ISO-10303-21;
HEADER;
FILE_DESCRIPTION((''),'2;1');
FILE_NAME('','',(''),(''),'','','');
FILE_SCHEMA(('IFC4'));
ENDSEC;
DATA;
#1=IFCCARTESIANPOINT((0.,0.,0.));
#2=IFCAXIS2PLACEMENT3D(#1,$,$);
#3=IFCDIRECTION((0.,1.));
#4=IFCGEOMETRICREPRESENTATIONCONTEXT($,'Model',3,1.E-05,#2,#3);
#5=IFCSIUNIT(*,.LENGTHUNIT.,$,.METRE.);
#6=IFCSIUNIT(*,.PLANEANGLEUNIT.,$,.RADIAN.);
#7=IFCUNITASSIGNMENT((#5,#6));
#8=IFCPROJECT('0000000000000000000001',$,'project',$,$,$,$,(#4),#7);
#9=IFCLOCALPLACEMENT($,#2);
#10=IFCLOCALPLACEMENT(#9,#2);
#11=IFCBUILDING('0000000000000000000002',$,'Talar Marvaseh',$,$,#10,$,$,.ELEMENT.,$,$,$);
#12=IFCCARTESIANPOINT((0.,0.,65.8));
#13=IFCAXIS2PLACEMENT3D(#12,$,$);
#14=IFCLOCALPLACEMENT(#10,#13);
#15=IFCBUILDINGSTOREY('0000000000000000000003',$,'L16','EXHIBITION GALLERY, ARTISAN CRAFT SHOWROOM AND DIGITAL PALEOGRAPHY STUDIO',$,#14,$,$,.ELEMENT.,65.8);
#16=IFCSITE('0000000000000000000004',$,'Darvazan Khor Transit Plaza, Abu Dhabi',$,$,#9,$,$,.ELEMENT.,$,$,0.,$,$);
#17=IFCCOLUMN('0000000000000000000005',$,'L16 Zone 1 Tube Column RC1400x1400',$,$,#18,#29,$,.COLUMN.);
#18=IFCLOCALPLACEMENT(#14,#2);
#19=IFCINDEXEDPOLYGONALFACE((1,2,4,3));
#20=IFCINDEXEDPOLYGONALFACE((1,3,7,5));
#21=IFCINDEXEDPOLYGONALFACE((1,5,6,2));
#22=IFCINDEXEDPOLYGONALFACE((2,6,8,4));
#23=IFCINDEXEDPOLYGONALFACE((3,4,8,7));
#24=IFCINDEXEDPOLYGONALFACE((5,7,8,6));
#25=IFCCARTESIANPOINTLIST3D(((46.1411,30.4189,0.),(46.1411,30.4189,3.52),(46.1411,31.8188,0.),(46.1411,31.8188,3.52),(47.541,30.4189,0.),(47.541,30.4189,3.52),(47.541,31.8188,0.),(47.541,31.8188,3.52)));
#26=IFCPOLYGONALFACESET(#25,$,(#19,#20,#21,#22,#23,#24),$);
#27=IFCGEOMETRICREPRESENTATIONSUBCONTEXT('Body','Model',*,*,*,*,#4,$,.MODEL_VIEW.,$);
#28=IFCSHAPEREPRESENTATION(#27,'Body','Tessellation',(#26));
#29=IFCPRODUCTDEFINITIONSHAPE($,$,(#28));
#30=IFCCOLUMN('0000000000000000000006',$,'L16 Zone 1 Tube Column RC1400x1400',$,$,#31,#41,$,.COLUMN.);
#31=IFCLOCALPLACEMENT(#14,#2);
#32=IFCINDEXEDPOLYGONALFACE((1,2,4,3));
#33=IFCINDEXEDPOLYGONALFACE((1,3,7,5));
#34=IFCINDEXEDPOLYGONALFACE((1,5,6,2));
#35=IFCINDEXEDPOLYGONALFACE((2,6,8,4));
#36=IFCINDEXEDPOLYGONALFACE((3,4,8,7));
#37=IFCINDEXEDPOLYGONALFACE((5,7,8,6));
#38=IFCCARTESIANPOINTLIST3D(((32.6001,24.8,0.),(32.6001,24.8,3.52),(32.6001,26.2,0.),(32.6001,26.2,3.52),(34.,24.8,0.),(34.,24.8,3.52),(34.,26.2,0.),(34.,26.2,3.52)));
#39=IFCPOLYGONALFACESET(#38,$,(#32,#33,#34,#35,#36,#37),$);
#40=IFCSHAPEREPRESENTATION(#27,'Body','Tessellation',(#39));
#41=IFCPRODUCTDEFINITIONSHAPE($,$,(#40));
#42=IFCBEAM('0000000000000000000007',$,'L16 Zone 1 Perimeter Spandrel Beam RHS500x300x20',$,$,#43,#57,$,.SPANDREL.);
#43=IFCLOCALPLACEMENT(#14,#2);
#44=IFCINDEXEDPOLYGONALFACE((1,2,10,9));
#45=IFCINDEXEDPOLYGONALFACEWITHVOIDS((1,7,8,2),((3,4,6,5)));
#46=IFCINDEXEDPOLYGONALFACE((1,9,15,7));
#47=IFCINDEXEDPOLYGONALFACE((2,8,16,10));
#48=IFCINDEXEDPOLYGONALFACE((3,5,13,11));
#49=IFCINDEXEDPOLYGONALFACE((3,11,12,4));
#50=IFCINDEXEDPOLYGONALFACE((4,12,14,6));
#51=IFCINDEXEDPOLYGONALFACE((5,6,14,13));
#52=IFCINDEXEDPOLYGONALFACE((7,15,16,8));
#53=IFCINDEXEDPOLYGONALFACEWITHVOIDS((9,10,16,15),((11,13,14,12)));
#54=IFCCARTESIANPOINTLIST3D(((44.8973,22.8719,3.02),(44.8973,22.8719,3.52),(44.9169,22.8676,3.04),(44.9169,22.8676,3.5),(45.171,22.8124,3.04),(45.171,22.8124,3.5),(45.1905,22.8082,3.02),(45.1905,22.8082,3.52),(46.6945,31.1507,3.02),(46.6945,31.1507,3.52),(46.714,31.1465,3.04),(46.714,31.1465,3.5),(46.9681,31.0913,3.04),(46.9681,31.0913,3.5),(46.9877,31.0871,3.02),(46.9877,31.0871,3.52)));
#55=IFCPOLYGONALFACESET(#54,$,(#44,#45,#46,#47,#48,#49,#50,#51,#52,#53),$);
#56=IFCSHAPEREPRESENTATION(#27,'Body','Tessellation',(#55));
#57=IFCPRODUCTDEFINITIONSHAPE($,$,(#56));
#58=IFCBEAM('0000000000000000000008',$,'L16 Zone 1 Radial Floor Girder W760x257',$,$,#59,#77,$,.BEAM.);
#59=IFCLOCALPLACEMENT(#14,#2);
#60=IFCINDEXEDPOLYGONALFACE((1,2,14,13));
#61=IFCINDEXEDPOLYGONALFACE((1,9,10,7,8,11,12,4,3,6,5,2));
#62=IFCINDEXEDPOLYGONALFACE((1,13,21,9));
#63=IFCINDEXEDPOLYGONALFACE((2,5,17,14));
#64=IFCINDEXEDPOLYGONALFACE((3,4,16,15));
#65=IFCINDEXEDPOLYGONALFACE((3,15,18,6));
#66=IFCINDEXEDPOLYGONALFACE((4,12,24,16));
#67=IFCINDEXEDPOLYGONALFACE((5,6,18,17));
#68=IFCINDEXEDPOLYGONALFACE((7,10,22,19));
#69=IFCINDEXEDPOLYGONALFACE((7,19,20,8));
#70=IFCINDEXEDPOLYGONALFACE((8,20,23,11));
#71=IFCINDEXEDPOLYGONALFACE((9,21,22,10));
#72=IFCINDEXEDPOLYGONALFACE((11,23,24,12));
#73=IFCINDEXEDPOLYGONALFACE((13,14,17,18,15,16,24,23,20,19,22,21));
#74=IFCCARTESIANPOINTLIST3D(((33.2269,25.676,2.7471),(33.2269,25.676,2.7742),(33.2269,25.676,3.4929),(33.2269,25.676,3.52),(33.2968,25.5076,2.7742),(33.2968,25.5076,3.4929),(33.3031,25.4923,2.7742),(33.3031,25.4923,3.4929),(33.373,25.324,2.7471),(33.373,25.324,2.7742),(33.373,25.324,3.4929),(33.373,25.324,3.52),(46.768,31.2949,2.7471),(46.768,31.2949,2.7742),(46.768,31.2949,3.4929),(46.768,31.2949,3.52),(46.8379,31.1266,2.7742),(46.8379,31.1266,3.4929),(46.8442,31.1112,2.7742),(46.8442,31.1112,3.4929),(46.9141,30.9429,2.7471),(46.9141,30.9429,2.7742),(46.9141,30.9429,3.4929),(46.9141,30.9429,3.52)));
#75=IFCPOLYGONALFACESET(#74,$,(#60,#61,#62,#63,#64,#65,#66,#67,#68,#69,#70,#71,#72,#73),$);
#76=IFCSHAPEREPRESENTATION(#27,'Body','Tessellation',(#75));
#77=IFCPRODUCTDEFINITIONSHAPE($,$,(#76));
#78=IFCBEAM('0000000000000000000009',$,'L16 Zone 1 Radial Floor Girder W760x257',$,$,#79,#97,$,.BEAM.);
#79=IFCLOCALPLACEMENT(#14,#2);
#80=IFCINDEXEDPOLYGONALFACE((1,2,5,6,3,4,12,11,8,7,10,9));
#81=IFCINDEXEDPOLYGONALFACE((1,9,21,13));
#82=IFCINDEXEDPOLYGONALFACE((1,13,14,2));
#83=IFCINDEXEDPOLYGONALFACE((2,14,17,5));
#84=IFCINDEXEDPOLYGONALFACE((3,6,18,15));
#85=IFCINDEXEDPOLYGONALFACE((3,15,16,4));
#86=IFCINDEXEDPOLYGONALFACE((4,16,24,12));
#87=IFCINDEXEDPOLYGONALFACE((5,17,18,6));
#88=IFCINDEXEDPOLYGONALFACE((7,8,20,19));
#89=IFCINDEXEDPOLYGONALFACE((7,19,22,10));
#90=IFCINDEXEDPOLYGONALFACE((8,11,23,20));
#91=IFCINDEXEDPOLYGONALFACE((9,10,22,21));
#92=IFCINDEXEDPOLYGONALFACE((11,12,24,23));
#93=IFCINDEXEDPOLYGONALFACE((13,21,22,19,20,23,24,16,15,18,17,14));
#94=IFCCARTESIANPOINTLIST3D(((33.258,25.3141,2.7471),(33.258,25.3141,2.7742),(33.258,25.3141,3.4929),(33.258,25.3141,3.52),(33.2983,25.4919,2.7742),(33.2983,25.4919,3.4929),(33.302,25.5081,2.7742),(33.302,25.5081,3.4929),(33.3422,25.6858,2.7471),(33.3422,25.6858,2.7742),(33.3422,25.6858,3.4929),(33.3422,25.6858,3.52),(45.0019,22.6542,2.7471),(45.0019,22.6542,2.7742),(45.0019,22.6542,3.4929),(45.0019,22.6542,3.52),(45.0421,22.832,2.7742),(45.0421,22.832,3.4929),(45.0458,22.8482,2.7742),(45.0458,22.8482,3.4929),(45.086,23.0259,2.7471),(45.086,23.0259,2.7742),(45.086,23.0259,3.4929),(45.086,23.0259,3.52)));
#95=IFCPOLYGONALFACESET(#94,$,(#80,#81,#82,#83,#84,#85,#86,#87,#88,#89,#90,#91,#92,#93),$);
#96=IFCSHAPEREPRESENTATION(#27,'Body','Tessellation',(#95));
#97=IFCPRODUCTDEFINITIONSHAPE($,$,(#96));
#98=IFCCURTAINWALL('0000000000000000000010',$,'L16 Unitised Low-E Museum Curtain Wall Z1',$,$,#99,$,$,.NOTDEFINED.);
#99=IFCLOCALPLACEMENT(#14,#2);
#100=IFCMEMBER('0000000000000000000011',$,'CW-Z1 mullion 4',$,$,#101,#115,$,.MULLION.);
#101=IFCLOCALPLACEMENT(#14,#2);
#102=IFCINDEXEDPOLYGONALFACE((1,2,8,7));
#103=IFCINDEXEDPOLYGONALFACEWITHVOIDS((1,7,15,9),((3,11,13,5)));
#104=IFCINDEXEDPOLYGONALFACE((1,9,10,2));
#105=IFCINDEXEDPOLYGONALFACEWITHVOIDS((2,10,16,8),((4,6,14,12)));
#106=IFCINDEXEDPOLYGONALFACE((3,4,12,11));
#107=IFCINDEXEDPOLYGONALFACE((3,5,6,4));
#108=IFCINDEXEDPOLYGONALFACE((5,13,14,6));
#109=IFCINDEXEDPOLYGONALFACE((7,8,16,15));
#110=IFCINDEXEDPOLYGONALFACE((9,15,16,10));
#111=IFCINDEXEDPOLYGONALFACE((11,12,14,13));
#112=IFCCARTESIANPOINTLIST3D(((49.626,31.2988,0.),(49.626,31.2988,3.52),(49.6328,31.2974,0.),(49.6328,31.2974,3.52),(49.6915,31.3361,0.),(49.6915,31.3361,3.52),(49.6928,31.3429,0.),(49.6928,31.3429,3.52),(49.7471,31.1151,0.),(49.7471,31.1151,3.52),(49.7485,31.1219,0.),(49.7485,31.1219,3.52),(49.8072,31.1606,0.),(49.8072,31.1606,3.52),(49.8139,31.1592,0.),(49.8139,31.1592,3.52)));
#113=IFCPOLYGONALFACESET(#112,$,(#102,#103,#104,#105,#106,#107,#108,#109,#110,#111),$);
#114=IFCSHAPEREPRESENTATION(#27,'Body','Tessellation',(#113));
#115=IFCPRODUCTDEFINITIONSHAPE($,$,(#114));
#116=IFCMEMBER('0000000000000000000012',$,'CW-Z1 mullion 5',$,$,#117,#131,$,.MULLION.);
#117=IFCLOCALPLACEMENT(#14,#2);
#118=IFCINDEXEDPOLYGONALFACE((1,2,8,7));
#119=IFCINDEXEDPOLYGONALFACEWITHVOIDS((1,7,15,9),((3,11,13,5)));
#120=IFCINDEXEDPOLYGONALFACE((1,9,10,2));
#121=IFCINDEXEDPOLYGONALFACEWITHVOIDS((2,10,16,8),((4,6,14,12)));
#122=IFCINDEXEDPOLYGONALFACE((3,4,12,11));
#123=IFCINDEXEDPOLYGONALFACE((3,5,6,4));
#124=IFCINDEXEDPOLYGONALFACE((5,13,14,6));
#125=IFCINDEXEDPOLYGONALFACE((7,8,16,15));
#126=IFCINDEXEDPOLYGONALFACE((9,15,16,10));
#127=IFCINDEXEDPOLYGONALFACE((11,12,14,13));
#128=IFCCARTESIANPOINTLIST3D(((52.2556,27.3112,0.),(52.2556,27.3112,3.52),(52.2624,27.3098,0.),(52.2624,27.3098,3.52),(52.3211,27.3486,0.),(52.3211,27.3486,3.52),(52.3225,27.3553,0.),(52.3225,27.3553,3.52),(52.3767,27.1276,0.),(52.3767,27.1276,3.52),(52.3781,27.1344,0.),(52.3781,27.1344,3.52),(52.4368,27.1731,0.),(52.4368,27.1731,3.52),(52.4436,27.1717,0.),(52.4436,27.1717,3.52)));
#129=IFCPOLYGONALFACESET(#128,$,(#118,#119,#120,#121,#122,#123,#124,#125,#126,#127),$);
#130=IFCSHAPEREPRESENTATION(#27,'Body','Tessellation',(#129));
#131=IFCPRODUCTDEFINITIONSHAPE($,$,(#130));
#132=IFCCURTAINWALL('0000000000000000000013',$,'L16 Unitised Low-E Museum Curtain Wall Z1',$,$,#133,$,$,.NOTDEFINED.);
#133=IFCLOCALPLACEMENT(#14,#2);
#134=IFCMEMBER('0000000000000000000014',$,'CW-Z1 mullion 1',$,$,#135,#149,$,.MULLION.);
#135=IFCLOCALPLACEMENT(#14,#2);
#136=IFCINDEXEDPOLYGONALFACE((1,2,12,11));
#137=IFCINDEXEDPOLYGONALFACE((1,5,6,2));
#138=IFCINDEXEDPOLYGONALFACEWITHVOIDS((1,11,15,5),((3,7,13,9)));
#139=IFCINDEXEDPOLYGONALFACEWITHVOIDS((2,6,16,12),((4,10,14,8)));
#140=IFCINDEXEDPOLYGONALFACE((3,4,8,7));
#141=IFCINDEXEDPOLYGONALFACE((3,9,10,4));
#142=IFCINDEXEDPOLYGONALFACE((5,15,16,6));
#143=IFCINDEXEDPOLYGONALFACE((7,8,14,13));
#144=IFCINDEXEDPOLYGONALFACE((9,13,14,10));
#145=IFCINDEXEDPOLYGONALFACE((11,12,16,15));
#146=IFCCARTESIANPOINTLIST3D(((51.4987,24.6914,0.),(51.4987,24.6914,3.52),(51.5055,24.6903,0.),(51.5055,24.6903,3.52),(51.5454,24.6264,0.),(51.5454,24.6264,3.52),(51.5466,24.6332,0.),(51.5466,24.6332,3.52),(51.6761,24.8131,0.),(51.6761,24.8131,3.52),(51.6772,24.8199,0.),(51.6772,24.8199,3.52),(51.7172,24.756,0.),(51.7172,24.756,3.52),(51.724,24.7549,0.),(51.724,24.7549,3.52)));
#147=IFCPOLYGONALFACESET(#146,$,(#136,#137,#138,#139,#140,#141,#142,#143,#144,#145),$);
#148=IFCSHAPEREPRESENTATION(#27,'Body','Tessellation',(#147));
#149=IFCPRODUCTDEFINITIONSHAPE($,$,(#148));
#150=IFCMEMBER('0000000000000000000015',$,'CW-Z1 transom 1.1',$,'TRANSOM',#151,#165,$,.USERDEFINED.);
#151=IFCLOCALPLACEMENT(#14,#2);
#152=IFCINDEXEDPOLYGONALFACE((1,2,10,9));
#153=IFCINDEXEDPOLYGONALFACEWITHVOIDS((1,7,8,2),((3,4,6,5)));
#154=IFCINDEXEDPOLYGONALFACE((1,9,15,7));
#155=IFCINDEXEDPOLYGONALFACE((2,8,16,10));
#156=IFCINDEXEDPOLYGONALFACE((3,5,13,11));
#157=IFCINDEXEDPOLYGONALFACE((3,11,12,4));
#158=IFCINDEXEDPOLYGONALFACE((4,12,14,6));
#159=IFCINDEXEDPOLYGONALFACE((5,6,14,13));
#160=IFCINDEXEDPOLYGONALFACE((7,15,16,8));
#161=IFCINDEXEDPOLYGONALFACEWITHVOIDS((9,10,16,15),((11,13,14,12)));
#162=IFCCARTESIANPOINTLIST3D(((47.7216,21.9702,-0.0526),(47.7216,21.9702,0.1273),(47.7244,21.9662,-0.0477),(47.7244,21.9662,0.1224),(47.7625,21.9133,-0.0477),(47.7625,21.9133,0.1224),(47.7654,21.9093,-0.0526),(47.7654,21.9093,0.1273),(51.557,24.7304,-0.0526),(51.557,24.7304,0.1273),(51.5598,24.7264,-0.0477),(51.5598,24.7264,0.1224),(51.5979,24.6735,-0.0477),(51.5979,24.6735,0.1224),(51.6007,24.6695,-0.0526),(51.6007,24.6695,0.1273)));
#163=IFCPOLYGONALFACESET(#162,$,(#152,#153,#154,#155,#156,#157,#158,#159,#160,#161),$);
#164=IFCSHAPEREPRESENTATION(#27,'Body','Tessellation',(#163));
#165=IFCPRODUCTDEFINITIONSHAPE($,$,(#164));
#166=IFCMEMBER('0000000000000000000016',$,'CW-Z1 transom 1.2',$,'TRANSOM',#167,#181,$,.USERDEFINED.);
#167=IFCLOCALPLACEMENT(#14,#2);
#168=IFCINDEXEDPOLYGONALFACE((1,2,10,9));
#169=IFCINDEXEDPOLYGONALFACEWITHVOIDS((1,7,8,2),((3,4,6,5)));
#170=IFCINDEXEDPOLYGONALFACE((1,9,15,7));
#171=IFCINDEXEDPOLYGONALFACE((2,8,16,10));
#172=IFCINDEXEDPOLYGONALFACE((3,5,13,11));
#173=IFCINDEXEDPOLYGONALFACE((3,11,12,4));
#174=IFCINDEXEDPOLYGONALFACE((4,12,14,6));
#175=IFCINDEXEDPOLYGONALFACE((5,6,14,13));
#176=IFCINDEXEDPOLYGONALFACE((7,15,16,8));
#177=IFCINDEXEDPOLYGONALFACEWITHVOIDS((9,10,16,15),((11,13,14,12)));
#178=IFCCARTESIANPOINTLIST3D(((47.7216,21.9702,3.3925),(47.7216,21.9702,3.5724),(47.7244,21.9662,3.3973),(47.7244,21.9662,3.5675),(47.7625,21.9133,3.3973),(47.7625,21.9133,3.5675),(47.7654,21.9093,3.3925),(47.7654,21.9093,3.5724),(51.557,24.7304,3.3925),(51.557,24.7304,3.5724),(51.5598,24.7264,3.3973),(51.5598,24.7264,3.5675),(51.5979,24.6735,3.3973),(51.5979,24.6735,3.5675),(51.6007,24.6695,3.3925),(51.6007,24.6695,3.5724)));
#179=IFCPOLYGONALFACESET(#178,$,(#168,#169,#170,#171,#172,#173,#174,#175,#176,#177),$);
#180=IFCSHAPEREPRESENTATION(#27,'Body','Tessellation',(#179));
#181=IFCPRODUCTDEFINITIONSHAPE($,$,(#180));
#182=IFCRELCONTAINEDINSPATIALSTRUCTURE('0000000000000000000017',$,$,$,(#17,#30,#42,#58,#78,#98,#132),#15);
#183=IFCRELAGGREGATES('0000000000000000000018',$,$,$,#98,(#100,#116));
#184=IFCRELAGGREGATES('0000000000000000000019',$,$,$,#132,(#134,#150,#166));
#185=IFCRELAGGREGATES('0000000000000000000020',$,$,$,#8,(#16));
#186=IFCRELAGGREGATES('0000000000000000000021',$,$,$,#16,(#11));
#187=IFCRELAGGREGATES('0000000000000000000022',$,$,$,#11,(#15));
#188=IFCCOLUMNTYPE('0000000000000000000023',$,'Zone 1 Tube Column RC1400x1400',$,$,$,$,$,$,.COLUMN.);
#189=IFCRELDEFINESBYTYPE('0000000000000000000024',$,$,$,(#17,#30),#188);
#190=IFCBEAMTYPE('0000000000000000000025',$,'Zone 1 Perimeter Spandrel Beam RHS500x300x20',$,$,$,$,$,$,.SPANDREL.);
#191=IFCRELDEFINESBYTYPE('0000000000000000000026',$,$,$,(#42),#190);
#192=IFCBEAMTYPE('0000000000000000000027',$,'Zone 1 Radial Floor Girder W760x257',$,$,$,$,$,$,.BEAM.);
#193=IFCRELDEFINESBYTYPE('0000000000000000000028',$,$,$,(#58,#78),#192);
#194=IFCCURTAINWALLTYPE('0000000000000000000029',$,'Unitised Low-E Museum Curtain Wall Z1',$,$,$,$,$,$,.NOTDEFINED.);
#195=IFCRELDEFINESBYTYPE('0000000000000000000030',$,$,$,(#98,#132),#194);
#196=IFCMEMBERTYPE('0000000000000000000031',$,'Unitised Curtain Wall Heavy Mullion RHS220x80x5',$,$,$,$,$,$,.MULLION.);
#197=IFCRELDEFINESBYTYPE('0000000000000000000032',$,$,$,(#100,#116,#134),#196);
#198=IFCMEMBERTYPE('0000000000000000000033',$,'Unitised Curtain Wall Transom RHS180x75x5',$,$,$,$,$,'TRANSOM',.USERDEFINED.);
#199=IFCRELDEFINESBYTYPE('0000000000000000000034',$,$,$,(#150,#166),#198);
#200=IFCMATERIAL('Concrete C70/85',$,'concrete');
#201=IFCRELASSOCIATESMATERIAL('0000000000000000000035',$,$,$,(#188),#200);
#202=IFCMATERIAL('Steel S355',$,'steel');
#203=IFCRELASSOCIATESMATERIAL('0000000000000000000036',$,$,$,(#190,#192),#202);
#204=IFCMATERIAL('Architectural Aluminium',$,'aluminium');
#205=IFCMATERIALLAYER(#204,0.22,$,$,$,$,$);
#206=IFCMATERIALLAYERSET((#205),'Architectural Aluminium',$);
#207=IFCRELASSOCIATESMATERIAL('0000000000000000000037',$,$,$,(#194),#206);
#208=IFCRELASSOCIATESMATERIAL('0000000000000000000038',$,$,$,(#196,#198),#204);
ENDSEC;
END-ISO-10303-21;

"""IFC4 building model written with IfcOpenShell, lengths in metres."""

from ifc_helpers import new_model, si_unit, direction, frame, origin, origin_2d, place, context, subcontext, project, spatial, rectangle, hollow_rectangle, i_section, extrude, source, transform, mapped, material, layer, layer_set, material_profile, profile_set, type_object, type_shapes, element, aggregate, save


model = new_model("IFC4")

# Units and contexts
model_context = context("Model", 3, precision=1e-05, world=origin(), true_north=direction((0.0, 1.0)))
body_context = subcontext(model_context, "Body", "Model", "MODEL_VIEW")
ifc_project = project(units=[si_unit("LENGTHUNIT", "METRE"), si_unit("PLANEANGLEUNIT", "RADIAN")], contexts=[model_context])

# Site, building, storey
site_placement = place(None, origin())
site = spatial("IfcSite", under=ifc_project, at=site_placement, Name="Darvazan Khor Transit Plaza, Abu Dhabi", CompositionType="ELEMENT", RefElevation=0.0)
building_placement = place(site_placement, origin())
building = spatial("IfcBuilding", under=site, at=building_placement, Name="Talar Marvaseh", CompositionType="ELEMENT")
storey_placement = place(building_placement, frame((0.0, 0.0, 65.8)))
storey = spatial("IfcBuildingStorey", under=building, at=storey_placement, Name="L16", Description="EXHIBITION GALLERY, ARTISAN CRAFT SHOWROOM AND DIGITAL PALEOGRAPHY STUDIO", CompositionType="ELEMENT", Elevation=65.8)

# Columns
ifc_material_1 = material(Name="Concrete C70/85", Category="concrete")
ifc_material_profile_1 = material_profile(ifc_material_1, rectangle(XDim=1.3999, YDim=1.3999, at=origin_2d()), Name="RC1400x1400")
ifc_profile_set_1 = profile_set([ifc_material_profile_1], Name="Concrete C70/85")
column_type = type_object("IfcColumnType", Name="Zone 1 Tube Column RC1400x1400", PredefinedType="COLUMN", material=ifc_profile_set_1)
for number, where, z_axis, x_axis, name in (
    (1, (46.8411, 31.1189, 0.0), (0.0, 0.0, 1.0), (1.0, 0.0, 0.0), "L16 Zone 1 Tube Column RC1400x1400"),
    (2, (33.3, 25.5, 0.0), (0.0, 0.0, 1.0), (1.0, 0.0, 0.0), "L16 Zone 1 Tube Column RC1400x1400"),
):
    element("IfcColumn", number, at=place(storey_placement, frame(where, z_axis=z_axis, x_axis=x_axis)), inside=storey, type_object=column_type, Name=name, PredefinedType="COLUMN", context=body_context, shape_type="SweptSolid", body=[
        extrude(rectangle(XDim=1.3999, YDim=1.3999, at=origin_2d()), origin(), (0.0, 0.0, 1.0), 3.52),
    ])

# Beams
ifc_material_2 = material(Name="Steel S355", Category="steel")
ifc_material_profile_2 = material_profile(ifc_material_2, hollow_rectangle(XDim=0.3, YDim=0.5, WallThickness=0.02, at=origin_2d()), Name="RHS500x300x20")
ifc_profile_set_2 = profile_set([ifc_material_profile_2], Name="Steel S355")
beam_type_1 = type_object("IfcBeamType", Name="Zone 1 Perimeter Spandrel Beam RHS500x300x20", PredefinedType="SPANDREL", material=ifc_profile_set_2)
beam_1_placement = place(storey_placement, frame((46.8411, 31.1189, 3.27), z_axis=(-0.212134, -0.977241, 0.0), x_axis=(0.977241, -0.212134, 0.0)))
element("IfcBeam", 3, at=beam_1_placement, inside=storey, type_object=beam_type_1, Name="L16 Zone 1 Perimeter Spandrel Beam RHS500x300x20", PredefinedType="SPANDREL", context=body_context, shape_type="SweptSolid", body=[
    extrude(hollow_rectangle(XDim=0.3, YDim=0.5, WallThickness=0.02, at=origin_2d()), origin(), (0.0, 0.0, 1.0), 8.4717),
])
ifc_material_profile_3 = material_profile(ifc_material_2, i_section(OverallWidth=0.3811, OverallDepth=0.7729, WebThickness=0.0166, FlangeThickness=0.0271, at=origin_2d()), Name="W760x257")
ifc_profile_set_3 = profile_set([ifc_material_profile_3], Name="Steel S355")
beam_type_2 = type_object("IfcBeamType", Name="Zone 1 Radial Floor Girder W760x257", PredefinedType="BEAM", material=ifc_profile_set_3)
beam_2_placement = place(storey_placement, frame((46.8411, 31.1189, 3.1335), z_axis=(-0.923638, -0.383267, 0.0), x_axis=(0.383267, -0.923638, 0.0)))
element("IfcBeam", 4, at=beam_2_placement, inside=storey, type_object=beam_type_2, Name="L16 Zone 1 Radial Floor Girder W760x257", PredefinedType="BEAM", context=body_context, shape_type="SweptSolid", body=[
    extrude(i_section(OverallWidth=0.3811, OverallDepth=0.7729, WebThickness=0.0166, FlangeThickness=0.0271, at=origin_2d()), origin(), (0.0, 0.0, 1.0), 14.6606),
])
beam_3_placement = place(storey_placement, frame((45.0439, 22.8401, 3.1335), z_axis=(-0.975297, 0.220898, 0.0), x_axis=(-0.220898, -0.975297, 0.0)))
element("IfcBeam", 5, at=beam_3_placement, inside=storey, type_object=beam_type_2, Name="L16 Zone 1 Radial Floor Girder W760x257", PredefinedType="BEAM", context=body_context, shape_type="SweptSolid", body=[
    extrude(i_section(OverallWidth=0.3811, OverallDepth=0.7729, WebThickness=0.0166, FlangeThickness=0.0271, at=origin_2d()), origin(), (0.0, 0.0, 1.0), 12.0413),
])

# Curtain walls, members
ifc_material_3 = material(Name="Architectural Aluminium", Category="aluminium")
ifc_layer_1 = layer(ifc_material_3, 0.22)
ifc_layer_set_1 = layer_set([ifc_layer_1], Name="Architectural Aluminium")
curtain_wall_type = type_object("IfcCurtainWallType", Name="Unitised Low-E Museum Curtain Wall Z1", PredefinedType="NOTDEFINED", material=ifc_layer_set_1)
curtain_wall_1_placement = place(storey_placement, origin())
curtain_wall_1 = element("IfcCurtainWall", 6, at=curtain_wall_1_placement, inside=storey, type_object=curtain_wall_type, Name="L16 Unitised Low-E Museum Curtain Wall Z1", PredefinedType="NOTDEFINED")
ifc_material_profile_4 = material_profile(ifc_material_3, hollow_rectangle(XDim=0.0801, YDim=0.22, WallThickness=0.0049, at=origin_2d()), Name="RHS220x80x5")
ifc_profile_set_4 = profile_set([ifc_material_profile_4], Name="Architectural Aluminium")
member_type_1 = type_object("IfcMemberType", Name="Unitised Curtain Wall Heavy Mullion RHS220x80x5", PredefinedType="MULLION", material=ifc_profile_set_4)
shared_shape_1 = source(origin(), body_context, "Body", "SweptSolid", [
    extrude(hollow_rectangle(XDim=0.0801, YDim=0.22, WallThickness=0.0049, at=origin_2d()), origin(), (0.0, 0.0, 1.0), 3.52),
])
type_shapes(member_type_1, [shared_shape_1])
member_1_placement = place(storey_placement, frame((49.72, 31.229, 0.0), z_axis=(0.0, 0.0, 1.0), x_axis=(0.83481, 0.550538, 0.0)))
member_1 = element("IfcMember", 7, at=member_1_placement, type_object=member_type_1, Name="CW-Z1 mullion 4", PredefinedType="MULLION", context=body_context, shape_type="MappedRepresentation", body=[
    mapped(shared_shape_1, transform((0.0, 0.0, 0.0), x_axis=(1.0, 0.0, 0.0), y_axis=(0.0, 1.0, 0.0), z_axis=(0.0, 0.0, 1.0), scale=1.0)),
])
member_2_placement = place(storey_placement, frame((52.3496, 27.2415, 0.0), z_axis=(0.0, 0.0, 1.0), x_axis=(0.83481, 0.550538, 0.0)))
member_2 = element("IfcMember", 8, at=member_2_placement, type_object=member_type_1, Name="CW-Z1 mullion 5", PredefinedType="MULLION", context=body_context, shape_type="MappedRepresentation", body=[
    mapped(shared_shape_1, transform((0.0, 0.0, 0.0), x_axis=(1.0, 0.0, 0.0), y_axis=(0.0, 1.0, 0.0), z_axis=(0.0, 0.0, 1.0), scale=1.0)),
])
curtain_wall_2_placement = place(storey_placement, origin())
curtain_wall_2 = element("IfcCurtainWall", 9, at=curtain_wall_2_placement, inside=storey, type_object=curtain_wall_type, Name="L16 Unitised Low-E Museum Curtain Wall Z1", PredefinedType="NOTDEFINED")
member_3_placement = place(storey_placement, frame((51.6113, 24.7231, 0.0), z_axis=(0.0, 0.0, 1.0), x_axis=(0.584123, -0.811665, 0.0)))
member_3 = element("IfcMember", 10, at=member_3_placement, type_object=member_type_1, Name="CW-Z1 mullion 1", PredefinedType="MULLION", context=body_context, shape_type="MappedRepresentation", body=[
    mapped(shared_shape_1, transform((0.0, 0.0, 0.0), x_axis=(1.0, 0.0, 0.0), y_axis=(0.0, 1.0, 0.0), z_axis=(0.0, 0.0, 1.0), scale=1.0)),
])
ifc_material_profile_5 = material_profile(ifc_material_3, hollow_rectangle(XDim=0.075, YDim=0.1799, WallThickness=0.0049, at=origin_2d()), Name="RHS180x75x5")
ifc_profile_set_5 = profile_set([ifc_material_profile_5], Name="Architectural Aluminium")
member_type_2 = type_object("IfcMemberType", Name="Unitised Curtain Wall Transom RHS180x75x5", ElementType="TRANSOM", PredefinedType="USERDEFINED", material=ifc_profile_set_5)
shared_shape_2 = source(origin(), body_context, "Body", "SweptSolid", [
    extrude(hollow_rectangle(XDim=0.075, YDim=0.1799, WallThickness=0.0049, at=origin_2d()), origin(), (0.0, 0.0, 1.0), 4.7253),
])
member_4_placement = place(storey_placement, frame((51.5789, 24.7, 0.0374), z_axis=(-0.811662, -0.584128, 0.0), x_axis=(0.584128, -0.811662, 0.0)))
member_4 = element("IfcMember", 11, at=member_4_placement, type_object=member_type_2, Name="CW-Z1 transom 1.1", ObjectType="TRANSOM", PredefinedType="USERDEFINED", context=body_context, shape_type="MappedRepresentation", body=[
    mapped(shared_shape_2, transform((0.0, 0.0, 0.0), x_axis=(1.0, 0.0, 0.0), y_axis=(0.0, 1.0, 0.0), z_axis=(0.0, 0.0, 1.0), scale=1.0)),
])
member_5_placement = place(storey_placement, frame((51.5789, 24.7, 3.4824), z_axis=(-0.811662, -0.584128, 0.0), x_axis=(0.584128, -0.811662, 0.0)))
member_5 = element("IfcMember", 12, at=member_5_placement, type_object=member_type_2, Name="CW-Z1 transom 1.2", ObjectType="TRANSOM", PredefinedType="USERDEFINED", context=body_context, shape_type="MappedRepresentation", body=[
    mapped(shared_shape_2, transform((0.0, 0.0, 0.0), x_axis=(1.0, 0.0, 0.0), y_axis=(0.0, 1.0, 0.0), z_axis=(0.0, 0.0, 1.0), scale=1.0)),
])

aggregate(curtain_wall_1, [member_1, member_2])
aggregate(curtain_wall_2, [member_3, member_4, member_5])

save(model, "model.ifc")
